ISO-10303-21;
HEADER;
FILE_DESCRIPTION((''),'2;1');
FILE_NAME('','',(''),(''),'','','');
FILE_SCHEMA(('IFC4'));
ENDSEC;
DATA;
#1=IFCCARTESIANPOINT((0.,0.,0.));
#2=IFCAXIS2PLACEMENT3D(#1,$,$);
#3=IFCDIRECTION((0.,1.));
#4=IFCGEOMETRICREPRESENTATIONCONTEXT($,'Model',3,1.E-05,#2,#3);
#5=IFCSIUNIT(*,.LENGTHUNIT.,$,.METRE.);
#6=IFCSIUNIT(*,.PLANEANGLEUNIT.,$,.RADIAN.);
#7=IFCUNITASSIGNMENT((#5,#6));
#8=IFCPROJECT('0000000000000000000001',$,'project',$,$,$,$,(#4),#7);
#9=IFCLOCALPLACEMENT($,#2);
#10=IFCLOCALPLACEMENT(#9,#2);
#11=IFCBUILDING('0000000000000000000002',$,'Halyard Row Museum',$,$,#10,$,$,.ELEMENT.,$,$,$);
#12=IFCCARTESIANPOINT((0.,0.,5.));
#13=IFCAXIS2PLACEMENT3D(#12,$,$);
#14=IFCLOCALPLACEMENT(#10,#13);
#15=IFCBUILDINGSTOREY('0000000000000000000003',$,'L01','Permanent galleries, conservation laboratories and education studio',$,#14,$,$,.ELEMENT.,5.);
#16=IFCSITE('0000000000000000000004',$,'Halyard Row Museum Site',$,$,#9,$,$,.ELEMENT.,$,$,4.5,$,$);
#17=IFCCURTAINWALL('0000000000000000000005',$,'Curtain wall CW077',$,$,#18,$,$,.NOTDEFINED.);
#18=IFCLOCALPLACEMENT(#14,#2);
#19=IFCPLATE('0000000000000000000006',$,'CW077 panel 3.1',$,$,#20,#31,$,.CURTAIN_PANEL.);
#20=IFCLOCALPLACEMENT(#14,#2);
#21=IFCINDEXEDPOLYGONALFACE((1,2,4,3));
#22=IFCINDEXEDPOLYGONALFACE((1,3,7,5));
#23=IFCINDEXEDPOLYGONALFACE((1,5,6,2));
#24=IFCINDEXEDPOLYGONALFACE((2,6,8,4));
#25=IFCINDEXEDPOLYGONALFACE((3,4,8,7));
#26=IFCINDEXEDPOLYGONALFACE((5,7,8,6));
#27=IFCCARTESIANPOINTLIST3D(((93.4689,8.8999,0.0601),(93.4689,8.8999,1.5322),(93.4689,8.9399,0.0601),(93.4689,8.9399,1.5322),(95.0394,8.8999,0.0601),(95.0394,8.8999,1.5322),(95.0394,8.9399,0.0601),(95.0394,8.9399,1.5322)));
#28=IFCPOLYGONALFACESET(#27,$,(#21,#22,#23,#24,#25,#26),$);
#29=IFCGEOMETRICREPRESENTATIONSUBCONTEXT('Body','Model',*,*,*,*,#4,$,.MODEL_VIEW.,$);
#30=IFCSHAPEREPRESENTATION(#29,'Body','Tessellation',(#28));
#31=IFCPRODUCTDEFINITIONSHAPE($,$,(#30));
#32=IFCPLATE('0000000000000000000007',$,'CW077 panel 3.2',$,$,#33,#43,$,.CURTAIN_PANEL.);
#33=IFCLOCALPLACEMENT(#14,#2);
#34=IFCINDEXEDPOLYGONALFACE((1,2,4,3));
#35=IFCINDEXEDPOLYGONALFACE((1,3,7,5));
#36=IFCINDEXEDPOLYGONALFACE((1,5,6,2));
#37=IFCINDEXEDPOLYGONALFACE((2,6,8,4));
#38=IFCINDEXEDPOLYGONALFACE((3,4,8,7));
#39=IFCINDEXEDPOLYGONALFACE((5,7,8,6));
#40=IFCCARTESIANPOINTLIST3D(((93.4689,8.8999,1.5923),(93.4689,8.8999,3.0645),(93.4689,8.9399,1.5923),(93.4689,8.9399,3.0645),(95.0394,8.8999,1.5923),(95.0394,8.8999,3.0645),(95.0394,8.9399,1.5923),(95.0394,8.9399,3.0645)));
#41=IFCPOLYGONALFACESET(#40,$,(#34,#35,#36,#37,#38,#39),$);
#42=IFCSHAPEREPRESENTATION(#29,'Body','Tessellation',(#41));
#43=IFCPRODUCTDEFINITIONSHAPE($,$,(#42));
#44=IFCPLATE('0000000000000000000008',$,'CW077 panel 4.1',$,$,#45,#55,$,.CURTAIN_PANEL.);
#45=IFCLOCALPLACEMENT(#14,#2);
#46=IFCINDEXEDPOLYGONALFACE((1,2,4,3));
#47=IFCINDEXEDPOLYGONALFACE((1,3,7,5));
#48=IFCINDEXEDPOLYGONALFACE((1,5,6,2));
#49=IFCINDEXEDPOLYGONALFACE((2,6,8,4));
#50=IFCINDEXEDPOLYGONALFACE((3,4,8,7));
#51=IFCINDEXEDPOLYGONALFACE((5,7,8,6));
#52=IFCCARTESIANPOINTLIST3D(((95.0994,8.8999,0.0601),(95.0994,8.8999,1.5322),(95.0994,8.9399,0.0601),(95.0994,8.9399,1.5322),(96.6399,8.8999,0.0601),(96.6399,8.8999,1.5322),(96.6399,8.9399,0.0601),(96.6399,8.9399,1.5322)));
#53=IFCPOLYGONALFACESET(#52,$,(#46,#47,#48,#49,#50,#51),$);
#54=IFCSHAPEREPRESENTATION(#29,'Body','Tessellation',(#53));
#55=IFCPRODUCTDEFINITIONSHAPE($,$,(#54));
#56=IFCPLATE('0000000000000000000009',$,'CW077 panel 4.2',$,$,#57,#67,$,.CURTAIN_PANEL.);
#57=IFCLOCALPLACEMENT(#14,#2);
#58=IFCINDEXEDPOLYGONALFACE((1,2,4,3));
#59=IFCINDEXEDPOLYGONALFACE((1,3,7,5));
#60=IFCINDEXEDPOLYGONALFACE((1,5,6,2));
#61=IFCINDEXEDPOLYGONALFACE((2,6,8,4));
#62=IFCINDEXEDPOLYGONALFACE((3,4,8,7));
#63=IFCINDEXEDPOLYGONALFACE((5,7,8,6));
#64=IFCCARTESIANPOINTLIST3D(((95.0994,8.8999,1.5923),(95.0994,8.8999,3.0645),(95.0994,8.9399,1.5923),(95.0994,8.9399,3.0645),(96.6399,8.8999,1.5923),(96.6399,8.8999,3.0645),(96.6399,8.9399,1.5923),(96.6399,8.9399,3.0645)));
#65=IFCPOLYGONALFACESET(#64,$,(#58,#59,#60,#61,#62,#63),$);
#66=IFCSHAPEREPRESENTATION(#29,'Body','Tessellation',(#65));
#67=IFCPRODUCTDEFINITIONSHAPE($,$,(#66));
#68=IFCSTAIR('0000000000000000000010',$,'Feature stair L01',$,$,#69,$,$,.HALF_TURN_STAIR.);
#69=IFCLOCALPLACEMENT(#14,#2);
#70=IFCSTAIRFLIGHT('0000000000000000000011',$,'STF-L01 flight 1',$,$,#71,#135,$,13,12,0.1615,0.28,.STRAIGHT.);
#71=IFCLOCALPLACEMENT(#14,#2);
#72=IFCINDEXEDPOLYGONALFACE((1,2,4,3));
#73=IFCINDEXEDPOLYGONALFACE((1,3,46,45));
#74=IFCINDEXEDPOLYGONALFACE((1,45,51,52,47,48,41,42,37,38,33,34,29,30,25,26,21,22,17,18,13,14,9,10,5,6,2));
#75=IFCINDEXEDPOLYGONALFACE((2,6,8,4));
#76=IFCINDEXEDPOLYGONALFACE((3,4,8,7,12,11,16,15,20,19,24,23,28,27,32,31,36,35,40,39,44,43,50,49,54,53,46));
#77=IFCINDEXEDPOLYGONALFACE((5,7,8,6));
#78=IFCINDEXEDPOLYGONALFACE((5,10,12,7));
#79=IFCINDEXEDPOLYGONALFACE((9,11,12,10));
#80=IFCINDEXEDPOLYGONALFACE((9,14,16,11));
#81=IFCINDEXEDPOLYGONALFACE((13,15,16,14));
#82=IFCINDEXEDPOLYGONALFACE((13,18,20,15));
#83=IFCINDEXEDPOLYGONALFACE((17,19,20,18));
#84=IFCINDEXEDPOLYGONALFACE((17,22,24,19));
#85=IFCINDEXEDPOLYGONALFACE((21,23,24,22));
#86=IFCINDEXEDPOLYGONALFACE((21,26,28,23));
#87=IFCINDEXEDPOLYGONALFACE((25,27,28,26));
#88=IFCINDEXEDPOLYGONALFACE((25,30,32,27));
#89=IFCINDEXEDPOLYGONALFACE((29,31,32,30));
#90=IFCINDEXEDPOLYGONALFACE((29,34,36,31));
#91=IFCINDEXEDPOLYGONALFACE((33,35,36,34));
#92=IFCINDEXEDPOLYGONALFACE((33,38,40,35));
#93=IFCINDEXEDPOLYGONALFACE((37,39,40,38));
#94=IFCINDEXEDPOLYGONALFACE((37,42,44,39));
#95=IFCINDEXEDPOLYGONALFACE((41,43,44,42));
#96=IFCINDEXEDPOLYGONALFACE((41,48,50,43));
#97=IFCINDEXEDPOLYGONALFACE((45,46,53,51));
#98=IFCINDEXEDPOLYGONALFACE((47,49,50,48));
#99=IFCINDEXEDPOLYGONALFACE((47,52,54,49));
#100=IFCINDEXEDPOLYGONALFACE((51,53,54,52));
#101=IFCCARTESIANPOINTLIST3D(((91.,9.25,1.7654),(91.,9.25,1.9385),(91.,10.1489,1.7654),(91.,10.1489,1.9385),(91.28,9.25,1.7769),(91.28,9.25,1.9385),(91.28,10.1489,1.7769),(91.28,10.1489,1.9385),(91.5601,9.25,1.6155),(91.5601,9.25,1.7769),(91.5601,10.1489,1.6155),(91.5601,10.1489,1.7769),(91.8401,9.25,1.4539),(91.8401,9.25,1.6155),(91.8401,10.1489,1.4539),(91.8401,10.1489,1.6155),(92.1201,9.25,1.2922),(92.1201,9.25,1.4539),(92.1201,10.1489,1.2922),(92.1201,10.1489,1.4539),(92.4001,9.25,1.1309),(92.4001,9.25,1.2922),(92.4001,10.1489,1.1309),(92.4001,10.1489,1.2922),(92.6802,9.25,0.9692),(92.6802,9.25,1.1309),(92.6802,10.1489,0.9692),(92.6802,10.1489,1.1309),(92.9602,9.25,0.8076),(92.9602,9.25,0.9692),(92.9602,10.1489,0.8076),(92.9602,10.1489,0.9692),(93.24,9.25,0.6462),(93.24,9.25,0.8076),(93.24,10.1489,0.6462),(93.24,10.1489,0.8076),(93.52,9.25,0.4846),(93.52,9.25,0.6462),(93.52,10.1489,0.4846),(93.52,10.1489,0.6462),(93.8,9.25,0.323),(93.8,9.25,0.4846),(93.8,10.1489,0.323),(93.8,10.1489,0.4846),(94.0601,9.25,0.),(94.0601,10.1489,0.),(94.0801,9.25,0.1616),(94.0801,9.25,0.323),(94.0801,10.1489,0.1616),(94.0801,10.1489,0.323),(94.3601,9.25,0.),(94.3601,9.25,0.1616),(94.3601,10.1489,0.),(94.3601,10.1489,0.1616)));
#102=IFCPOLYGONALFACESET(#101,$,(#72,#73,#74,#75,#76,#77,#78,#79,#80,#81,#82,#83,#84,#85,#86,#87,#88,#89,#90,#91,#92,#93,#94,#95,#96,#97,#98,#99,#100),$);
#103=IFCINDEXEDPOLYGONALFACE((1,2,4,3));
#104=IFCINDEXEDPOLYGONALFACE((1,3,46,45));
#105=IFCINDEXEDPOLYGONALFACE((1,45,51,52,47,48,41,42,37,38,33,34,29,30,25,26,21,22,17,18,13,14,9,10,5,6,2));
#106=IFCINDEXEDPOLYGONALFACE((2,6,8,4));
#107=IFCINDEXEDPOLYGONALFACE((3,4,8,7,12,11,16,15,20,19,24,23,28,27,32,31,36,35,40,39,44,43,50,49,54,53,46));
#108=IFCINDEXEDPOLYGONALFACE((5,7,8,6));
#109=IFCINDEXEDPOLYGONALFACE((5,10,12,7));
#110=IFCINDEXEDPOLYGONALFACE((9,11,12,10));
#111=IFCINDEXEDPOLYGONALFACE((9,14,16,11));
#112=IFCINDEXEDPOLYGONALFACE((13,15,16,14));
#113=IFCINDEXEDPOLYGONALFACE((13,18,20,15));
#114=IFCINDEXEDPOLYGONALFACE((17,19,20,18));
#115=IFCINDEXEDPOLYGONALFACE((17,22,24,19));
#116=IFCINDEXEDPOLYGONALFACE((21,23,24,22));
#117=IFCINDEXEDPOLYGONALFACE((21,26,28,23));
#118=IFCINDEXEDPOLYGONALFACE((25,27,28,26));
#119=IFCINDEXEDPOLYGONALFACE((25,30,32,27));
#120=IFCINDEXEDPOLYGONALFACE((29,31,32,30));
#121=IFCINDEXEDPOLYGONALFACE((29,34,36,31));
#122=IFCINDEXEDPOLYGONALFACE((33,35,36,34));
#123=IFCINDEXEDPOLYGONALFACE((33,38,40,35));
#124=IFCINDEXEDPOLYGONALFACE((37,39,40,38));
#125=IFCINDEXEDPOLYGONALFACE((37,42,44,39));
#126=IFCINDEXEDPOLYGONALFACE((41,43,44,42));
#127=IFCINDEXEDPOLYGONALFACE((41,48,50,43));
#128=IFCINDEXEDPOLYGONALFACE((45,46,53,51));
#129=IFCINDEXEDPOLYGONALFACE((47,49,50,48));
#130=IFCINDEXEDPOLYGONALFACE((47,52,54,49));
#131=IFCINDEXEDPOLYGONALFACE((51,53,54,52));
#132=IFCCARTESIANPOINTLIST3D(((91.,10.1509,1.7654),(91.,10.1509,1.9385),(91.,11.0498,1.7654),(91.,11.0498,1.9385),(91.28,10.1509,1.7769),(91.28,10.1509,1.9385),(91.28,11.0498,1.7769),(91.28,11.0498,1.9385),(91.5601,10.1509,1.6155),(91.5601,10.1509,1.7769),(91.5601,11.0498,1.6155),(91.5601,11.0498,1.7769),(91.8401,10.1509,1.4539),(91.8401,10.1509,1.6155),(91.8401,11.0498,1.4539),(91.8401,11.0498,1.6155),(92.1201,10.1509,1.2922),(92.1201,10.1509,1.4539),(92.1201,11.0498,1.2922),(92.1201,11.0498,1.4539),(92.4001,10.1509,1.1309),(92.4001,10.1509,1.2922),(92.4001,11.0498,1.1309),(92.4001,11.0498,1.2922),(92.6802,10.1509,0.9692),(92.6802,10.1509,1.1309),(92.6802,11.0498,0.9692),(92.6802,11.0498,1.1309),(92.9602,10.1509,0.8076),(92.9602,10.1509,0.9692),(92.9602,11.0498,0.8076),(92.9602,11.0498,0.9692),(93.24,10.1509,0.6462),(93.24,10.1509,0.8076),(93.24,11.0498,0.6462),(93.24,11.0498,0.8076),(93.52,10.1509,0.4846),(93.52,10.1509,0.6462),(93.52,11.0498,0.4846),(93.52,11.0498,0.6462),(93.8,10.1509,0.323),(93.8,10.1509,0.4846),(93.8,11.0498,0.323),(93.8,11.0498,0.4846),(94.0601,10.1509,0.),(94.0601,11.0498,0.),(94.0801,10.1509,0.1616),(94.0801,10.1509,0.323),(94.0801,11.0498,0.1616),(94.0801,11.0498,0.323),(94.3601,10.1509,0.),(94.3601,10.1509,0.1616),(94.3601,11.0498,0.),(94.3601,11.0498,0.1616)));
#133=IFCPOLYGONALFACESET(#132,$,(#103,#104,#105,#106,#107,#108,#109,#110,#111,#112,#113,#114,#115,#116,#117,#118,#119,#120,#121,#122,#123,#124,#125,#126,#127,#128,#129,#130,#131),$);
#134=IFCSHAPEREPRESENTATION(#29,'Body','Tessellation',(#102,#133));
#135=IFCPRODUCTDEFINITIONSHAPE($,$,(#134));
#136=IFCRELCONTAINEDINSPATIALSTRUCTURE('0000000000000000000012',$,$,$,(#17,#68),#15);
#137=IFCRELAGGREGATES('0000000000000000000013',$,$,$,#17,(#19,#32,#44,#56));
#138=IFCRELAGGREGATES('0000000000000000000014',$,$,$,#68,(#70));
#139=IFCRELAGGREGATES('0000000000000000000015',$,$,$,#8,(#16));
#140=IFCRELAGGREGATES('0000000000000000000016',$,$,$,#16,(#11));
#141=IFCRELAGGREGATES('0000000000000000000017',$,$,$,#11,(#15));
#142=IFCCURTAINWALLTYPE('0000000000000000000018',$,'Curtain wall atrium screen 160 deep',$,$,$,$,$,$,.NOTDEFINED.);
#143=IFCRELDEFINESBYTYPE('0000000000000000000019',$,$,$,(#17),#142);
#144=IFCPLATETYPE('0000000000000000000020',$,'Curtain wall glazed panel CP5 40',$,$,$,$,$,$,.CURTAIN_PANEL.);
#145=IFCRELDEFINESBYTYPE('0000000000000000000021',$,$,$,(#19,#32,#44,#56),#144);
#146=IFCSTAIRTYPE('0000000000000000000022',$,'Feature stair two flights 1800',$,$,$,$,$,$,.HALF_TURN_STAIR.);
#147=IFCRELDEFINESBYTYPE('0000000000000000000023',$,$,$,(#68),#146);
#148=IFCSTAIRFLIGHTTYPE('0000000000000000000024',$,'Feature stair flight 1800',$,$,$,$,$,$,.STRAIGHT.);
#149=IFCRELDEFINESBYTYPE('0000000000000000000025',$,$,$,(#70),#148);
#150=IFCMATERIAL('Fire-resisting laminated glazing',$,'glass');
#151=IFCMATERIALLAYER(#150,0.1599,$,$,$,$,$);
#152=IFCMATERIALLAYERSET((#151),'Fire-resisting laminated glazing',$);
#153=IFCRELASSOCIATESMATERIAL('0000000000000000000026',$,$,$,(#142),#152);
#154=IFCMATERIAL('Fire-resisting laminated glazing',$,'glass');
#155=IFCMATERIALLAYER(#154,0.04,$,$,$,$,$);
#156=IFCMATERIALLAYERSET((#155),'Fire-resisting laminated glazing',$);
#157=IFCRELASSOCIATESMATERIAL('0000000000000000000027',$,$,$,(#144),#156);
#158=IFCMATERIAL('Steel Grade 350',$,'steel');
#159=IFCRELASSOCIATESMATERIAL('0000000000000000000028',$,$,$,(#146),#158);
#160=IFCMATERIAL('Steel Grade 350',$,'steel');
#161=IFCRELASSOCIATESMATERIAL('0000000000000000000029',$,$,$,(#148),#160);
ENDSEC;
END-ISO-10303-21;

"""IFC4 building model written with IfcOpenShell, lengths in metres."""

from ifc_helpers import new_model, si_unit, direction, frame, origin, origin_2d, place, context, subcontext, project, spatial, polyline, rectangle, outline, extrude, material, layer, layer_set, type_object, element, aggregate, save


model = new_model("IFC4")

# Units and contexts
model_context = context("Model", 3, precision=1e-05, world=origin(), true_north=direction((0.0, 1.0)))
body_context = subcontext(model_context, "Body", "Model", "MODEL_VIEW")
ifc_project = project(units=[si_unit("LENGTHUNIT", "METRE"), si_unit("PLANEANGLEUNIT", "RADIAN")], contexts=[model_context])

# Site, building, storey
site_placement = place(None, origin())
site = spatial("IfcSite", under=ifc_project, at=site_placement, Name="Halyard Row Museum Site", CompositionType="ELEMENT", RefElevation=4.5)
building_placement = place(site_placement, origin())
building = spatial("IfcBuilding", under=site, at=building_placement, Name="Halyard Row Museum", CompositionType="ELEMENT")
storey_placement = place(building_placement, frame((0.0, 0.0, 5.0)))
storey = spatial("IfcBuildingStorey", under=building, at=storey_placement, Name="L01", Description="Permanent galleries, conservation laboratories and education studio", CompositionType="ELEMENT", Elevation=5.0)

# Curtain wall
ifc_material_1 = material(Name="Fire-resisting laminated glazing", Category="glass")
ifc_layer_1 = layer(ifc_material_1, 0.1599)
ifc_layer_set_1 = layer_set([ifc_layer_1], Name="Fire-resisting laminated glazing")
curtain_wall_type = type_object("IfcCurtainWallType", Name="Curtain wall atrium screen 160 deep", PredefinedType="NOTDEFINED", material=ifc_layer_set_1)
curtain_wall_1_placement = place(storey_placement, origin())
curtain_wall_1 = element("IfcCurtainWall", 1, at=curtain_wall_1_placement, inside=storey, type_object=curtain_wall_type, Name="Curtain wall CW077", PredefinedType="NOTDEFINED")

# Plates
ifc_material_2 = material(Name="Fire-resisting laminated glazing", Category="glass")
ifc_layer_2 = layer(ifc_material_2, 0.04)
ifc_layer_set_2 = layer_set([ifc_layer_2], Name="Fire-resisting laminated glazing")
plate_type = type_object("IfcPlateType", Name="Curtain wall glazed panel CP5 40", PredefinedType="CURTAIN_PANEL", material=ifc_layer_set_2)
plate_1_placement = place(storey_placement, frame((94.2542, 8.9199, 0.0601), z_axis=(0.0, 0.0, 1.0), x_axis=(1.0, 0.0, 0.0)))
plate_1 = element("IfcPlate", 2, at=plate_1_placement, type_object=plate_type, Name="CW077 panel 3.1", PredefinedType="CURTAIN_PANEL", context=body_context, shape_type="SweptSolid", body=[
    extrude(rectangle(XDim=1.5706, YDim=0.04, at=origin_2d()), origin(), (0.0, 0.0, 1.0), 1.4722),
])
plate_2_placement = place(storey_placement, frame((94.2542, 8.9199, 1.5923), z_axis=(0.0, 0.0, 1.0), x_axis=(1.0, 0.0, 0.0)))
plate_2 = element("IfcPlate", 3, at=plate_2_placement, type_object=plate_type, Name="CW077 panel 3.2", PredefinedType="CURTAIN_PANEL", context=body_context, shape_type="SweptSolid", body=[
    extrude(rectangle(XDim=1.5706, YDim=0.04, at=origin_2d()), origin(), (0.0, 0.0, 1.0), 1.4722),
])
plate_3_placement = place(storey_placement, frame((95.8696, 8.9199, 0.0601), z_axis=(0.0, 0.0, 1.0), x_axis=(1.0, 0.0, 0.0)))
plate_3 = element("IfcPlate", 4, at=plate_3_placement, type_object=plate_type, Name="CW077 panel 4.1", PredefinedType="CURTAIN_PANEL", context=body_context, shape_type="SweptSolid", body=[
    extrude(rectangle(XDim=1.5405, YDim=0.04, at=origin_2d()), origin(), (0.0, 0.0, 1.0), 1.4722),
])
plate_4_placement = place(storey_placement, frame((95.8696, 8.9199, 1.5923), z_axis=(0.0, 0.0, 1.0), x_axis=(1.0, 0.0, 0.0)))
plate_4 = element("IfcPlate", 5, at=plate_4_placement, type_object=plate_type, Name="CW077 panel 4.2", PredefinedType="CURTAIN_PANEL", context=body_context, shape_type="SweptSolid", body=[
    extrude(rectangle(XDim=1.5405, YDim=0.04, at=origin_2d()), origin(), (0.0, 0.0, 1.0), 1.4722),
])
aggregate(curtain_wall_1, [plate_1, plate_2, plate_3, plate_4])

# Stair, stair flight
ifc_material_3 = material(Name="Steel Grade 350", Category="steel")
stair_type = type_object("IfcStairType", Name="Feature stair two flights 1800", PredefinedType="HALF_TURN_STAIR", material=ifc_material_3)
stair_placement = place(storey_placement, origin())
stair = element("IfcStair", 6, at=stair_placement, inside=storey, type_object=stair_type, Name="Feature stair L01", PredefinedType="HALF_TURN_STAIR")
ifc_material_4 = material(Name="Steel Grade 350", Category="steel")
stair_flight_type = type_object("IfcStairFlightType", Name="Feature stair flight 1800", PredefinedType="STRAIGHT", material=ifc_material_4)
stair_flight_placement = place(storey_placement, frame((94.3601, 10.1499, 0.0), z_axis=(0.0, 0.0, 1.0), x_axis=(-1.0, 0.0, 0.0)))
stair_flight = element("IfcStairFlight", 7, at=stair_flight_placement, type_object=stair_flight_type, Name="STF-L01 flight 1", NumberOfRisers=13, NumberOfTreads=12, PredefinedType="STRAIGHT", RiserHeight=0.1615, TreadLength=0.28, context=body_context, shape_type="SweptSolid", body=[
    extrude(outline(polyline([(0.0, 0.0), (0.0, 0.1616), (0.28, 0.1616), (0.28, 0.323), (0.5601, 0.323), (0.5601, 0.4846), (0.8401, 0.4846), (0.8401, 0.6462), (1.1201, 0.6462), (1.1201, 0.8076), (1.3999, 0.8076), (1.3999, 0.9692), (1.6799, 0.9692), (1.6799, 1.1309), (1.96, 1.1309), (1.96, 1.2922), (2.24, 1.2922), (2.24, 1.4539), (2.52, 1.4539), (2.52, 1.6155), (2.8, 1.6155), (2.8, 1.7769), (3.0801, 1.7769), (3.0801, 1.9385), (3.3601, 1.9385), (3.3601, 2.1001), (3.3601, 1.7654), (0.3, 0.0), (0.0, 0.0)])), frame((0.0, 0.8999, 0.0), z_axis=(0.0, -1.0, 0.0), x_axis=(1.0, 0.0, 0.0)), (0.0, 0.0, 1.0), 0.8989),
    extrude(outline(polyline([(0.0, 0.0), (0.0, 0.1616), (0.28, 0.1616), (0.28, 0.323), (0.5601, 0.323), (0.5601, 0.4846), (0.8401, 0.4846), (0.8401, 0.6462), (1.1201, 0.6462), (1.1201, 0.8076), (1.3999, 0.8076), (1.3999, 0.9692), (1.6799, 0.9692), (1.6799, 1.1309), (1.96, 1.1309), (1.96, 1.2922), (2.24, 1.2922), (2.24, 1.4539), (2.52, 1.4539), (2.52, 1.6155), (2.8, 1.6155), (2.8, 1.7769), (3.0801, 1.7769), (3.0801, 1.9385), (3.3601, 1.9385), (3.3601, 2.1001), (3.3601, 1.7654), (0.3, 0.0), (0.0, 0.0)])), frame((0.0, -0.001, 0.0), z_axis=(0.0, -1.0, 0.0), x_axis=(1.0, 0.0, 0.0)), (0.0, 0.0, 1.0), 0.8989),
])
aggregate(stair, [stair_flight])

save(model, "model.ifc")
